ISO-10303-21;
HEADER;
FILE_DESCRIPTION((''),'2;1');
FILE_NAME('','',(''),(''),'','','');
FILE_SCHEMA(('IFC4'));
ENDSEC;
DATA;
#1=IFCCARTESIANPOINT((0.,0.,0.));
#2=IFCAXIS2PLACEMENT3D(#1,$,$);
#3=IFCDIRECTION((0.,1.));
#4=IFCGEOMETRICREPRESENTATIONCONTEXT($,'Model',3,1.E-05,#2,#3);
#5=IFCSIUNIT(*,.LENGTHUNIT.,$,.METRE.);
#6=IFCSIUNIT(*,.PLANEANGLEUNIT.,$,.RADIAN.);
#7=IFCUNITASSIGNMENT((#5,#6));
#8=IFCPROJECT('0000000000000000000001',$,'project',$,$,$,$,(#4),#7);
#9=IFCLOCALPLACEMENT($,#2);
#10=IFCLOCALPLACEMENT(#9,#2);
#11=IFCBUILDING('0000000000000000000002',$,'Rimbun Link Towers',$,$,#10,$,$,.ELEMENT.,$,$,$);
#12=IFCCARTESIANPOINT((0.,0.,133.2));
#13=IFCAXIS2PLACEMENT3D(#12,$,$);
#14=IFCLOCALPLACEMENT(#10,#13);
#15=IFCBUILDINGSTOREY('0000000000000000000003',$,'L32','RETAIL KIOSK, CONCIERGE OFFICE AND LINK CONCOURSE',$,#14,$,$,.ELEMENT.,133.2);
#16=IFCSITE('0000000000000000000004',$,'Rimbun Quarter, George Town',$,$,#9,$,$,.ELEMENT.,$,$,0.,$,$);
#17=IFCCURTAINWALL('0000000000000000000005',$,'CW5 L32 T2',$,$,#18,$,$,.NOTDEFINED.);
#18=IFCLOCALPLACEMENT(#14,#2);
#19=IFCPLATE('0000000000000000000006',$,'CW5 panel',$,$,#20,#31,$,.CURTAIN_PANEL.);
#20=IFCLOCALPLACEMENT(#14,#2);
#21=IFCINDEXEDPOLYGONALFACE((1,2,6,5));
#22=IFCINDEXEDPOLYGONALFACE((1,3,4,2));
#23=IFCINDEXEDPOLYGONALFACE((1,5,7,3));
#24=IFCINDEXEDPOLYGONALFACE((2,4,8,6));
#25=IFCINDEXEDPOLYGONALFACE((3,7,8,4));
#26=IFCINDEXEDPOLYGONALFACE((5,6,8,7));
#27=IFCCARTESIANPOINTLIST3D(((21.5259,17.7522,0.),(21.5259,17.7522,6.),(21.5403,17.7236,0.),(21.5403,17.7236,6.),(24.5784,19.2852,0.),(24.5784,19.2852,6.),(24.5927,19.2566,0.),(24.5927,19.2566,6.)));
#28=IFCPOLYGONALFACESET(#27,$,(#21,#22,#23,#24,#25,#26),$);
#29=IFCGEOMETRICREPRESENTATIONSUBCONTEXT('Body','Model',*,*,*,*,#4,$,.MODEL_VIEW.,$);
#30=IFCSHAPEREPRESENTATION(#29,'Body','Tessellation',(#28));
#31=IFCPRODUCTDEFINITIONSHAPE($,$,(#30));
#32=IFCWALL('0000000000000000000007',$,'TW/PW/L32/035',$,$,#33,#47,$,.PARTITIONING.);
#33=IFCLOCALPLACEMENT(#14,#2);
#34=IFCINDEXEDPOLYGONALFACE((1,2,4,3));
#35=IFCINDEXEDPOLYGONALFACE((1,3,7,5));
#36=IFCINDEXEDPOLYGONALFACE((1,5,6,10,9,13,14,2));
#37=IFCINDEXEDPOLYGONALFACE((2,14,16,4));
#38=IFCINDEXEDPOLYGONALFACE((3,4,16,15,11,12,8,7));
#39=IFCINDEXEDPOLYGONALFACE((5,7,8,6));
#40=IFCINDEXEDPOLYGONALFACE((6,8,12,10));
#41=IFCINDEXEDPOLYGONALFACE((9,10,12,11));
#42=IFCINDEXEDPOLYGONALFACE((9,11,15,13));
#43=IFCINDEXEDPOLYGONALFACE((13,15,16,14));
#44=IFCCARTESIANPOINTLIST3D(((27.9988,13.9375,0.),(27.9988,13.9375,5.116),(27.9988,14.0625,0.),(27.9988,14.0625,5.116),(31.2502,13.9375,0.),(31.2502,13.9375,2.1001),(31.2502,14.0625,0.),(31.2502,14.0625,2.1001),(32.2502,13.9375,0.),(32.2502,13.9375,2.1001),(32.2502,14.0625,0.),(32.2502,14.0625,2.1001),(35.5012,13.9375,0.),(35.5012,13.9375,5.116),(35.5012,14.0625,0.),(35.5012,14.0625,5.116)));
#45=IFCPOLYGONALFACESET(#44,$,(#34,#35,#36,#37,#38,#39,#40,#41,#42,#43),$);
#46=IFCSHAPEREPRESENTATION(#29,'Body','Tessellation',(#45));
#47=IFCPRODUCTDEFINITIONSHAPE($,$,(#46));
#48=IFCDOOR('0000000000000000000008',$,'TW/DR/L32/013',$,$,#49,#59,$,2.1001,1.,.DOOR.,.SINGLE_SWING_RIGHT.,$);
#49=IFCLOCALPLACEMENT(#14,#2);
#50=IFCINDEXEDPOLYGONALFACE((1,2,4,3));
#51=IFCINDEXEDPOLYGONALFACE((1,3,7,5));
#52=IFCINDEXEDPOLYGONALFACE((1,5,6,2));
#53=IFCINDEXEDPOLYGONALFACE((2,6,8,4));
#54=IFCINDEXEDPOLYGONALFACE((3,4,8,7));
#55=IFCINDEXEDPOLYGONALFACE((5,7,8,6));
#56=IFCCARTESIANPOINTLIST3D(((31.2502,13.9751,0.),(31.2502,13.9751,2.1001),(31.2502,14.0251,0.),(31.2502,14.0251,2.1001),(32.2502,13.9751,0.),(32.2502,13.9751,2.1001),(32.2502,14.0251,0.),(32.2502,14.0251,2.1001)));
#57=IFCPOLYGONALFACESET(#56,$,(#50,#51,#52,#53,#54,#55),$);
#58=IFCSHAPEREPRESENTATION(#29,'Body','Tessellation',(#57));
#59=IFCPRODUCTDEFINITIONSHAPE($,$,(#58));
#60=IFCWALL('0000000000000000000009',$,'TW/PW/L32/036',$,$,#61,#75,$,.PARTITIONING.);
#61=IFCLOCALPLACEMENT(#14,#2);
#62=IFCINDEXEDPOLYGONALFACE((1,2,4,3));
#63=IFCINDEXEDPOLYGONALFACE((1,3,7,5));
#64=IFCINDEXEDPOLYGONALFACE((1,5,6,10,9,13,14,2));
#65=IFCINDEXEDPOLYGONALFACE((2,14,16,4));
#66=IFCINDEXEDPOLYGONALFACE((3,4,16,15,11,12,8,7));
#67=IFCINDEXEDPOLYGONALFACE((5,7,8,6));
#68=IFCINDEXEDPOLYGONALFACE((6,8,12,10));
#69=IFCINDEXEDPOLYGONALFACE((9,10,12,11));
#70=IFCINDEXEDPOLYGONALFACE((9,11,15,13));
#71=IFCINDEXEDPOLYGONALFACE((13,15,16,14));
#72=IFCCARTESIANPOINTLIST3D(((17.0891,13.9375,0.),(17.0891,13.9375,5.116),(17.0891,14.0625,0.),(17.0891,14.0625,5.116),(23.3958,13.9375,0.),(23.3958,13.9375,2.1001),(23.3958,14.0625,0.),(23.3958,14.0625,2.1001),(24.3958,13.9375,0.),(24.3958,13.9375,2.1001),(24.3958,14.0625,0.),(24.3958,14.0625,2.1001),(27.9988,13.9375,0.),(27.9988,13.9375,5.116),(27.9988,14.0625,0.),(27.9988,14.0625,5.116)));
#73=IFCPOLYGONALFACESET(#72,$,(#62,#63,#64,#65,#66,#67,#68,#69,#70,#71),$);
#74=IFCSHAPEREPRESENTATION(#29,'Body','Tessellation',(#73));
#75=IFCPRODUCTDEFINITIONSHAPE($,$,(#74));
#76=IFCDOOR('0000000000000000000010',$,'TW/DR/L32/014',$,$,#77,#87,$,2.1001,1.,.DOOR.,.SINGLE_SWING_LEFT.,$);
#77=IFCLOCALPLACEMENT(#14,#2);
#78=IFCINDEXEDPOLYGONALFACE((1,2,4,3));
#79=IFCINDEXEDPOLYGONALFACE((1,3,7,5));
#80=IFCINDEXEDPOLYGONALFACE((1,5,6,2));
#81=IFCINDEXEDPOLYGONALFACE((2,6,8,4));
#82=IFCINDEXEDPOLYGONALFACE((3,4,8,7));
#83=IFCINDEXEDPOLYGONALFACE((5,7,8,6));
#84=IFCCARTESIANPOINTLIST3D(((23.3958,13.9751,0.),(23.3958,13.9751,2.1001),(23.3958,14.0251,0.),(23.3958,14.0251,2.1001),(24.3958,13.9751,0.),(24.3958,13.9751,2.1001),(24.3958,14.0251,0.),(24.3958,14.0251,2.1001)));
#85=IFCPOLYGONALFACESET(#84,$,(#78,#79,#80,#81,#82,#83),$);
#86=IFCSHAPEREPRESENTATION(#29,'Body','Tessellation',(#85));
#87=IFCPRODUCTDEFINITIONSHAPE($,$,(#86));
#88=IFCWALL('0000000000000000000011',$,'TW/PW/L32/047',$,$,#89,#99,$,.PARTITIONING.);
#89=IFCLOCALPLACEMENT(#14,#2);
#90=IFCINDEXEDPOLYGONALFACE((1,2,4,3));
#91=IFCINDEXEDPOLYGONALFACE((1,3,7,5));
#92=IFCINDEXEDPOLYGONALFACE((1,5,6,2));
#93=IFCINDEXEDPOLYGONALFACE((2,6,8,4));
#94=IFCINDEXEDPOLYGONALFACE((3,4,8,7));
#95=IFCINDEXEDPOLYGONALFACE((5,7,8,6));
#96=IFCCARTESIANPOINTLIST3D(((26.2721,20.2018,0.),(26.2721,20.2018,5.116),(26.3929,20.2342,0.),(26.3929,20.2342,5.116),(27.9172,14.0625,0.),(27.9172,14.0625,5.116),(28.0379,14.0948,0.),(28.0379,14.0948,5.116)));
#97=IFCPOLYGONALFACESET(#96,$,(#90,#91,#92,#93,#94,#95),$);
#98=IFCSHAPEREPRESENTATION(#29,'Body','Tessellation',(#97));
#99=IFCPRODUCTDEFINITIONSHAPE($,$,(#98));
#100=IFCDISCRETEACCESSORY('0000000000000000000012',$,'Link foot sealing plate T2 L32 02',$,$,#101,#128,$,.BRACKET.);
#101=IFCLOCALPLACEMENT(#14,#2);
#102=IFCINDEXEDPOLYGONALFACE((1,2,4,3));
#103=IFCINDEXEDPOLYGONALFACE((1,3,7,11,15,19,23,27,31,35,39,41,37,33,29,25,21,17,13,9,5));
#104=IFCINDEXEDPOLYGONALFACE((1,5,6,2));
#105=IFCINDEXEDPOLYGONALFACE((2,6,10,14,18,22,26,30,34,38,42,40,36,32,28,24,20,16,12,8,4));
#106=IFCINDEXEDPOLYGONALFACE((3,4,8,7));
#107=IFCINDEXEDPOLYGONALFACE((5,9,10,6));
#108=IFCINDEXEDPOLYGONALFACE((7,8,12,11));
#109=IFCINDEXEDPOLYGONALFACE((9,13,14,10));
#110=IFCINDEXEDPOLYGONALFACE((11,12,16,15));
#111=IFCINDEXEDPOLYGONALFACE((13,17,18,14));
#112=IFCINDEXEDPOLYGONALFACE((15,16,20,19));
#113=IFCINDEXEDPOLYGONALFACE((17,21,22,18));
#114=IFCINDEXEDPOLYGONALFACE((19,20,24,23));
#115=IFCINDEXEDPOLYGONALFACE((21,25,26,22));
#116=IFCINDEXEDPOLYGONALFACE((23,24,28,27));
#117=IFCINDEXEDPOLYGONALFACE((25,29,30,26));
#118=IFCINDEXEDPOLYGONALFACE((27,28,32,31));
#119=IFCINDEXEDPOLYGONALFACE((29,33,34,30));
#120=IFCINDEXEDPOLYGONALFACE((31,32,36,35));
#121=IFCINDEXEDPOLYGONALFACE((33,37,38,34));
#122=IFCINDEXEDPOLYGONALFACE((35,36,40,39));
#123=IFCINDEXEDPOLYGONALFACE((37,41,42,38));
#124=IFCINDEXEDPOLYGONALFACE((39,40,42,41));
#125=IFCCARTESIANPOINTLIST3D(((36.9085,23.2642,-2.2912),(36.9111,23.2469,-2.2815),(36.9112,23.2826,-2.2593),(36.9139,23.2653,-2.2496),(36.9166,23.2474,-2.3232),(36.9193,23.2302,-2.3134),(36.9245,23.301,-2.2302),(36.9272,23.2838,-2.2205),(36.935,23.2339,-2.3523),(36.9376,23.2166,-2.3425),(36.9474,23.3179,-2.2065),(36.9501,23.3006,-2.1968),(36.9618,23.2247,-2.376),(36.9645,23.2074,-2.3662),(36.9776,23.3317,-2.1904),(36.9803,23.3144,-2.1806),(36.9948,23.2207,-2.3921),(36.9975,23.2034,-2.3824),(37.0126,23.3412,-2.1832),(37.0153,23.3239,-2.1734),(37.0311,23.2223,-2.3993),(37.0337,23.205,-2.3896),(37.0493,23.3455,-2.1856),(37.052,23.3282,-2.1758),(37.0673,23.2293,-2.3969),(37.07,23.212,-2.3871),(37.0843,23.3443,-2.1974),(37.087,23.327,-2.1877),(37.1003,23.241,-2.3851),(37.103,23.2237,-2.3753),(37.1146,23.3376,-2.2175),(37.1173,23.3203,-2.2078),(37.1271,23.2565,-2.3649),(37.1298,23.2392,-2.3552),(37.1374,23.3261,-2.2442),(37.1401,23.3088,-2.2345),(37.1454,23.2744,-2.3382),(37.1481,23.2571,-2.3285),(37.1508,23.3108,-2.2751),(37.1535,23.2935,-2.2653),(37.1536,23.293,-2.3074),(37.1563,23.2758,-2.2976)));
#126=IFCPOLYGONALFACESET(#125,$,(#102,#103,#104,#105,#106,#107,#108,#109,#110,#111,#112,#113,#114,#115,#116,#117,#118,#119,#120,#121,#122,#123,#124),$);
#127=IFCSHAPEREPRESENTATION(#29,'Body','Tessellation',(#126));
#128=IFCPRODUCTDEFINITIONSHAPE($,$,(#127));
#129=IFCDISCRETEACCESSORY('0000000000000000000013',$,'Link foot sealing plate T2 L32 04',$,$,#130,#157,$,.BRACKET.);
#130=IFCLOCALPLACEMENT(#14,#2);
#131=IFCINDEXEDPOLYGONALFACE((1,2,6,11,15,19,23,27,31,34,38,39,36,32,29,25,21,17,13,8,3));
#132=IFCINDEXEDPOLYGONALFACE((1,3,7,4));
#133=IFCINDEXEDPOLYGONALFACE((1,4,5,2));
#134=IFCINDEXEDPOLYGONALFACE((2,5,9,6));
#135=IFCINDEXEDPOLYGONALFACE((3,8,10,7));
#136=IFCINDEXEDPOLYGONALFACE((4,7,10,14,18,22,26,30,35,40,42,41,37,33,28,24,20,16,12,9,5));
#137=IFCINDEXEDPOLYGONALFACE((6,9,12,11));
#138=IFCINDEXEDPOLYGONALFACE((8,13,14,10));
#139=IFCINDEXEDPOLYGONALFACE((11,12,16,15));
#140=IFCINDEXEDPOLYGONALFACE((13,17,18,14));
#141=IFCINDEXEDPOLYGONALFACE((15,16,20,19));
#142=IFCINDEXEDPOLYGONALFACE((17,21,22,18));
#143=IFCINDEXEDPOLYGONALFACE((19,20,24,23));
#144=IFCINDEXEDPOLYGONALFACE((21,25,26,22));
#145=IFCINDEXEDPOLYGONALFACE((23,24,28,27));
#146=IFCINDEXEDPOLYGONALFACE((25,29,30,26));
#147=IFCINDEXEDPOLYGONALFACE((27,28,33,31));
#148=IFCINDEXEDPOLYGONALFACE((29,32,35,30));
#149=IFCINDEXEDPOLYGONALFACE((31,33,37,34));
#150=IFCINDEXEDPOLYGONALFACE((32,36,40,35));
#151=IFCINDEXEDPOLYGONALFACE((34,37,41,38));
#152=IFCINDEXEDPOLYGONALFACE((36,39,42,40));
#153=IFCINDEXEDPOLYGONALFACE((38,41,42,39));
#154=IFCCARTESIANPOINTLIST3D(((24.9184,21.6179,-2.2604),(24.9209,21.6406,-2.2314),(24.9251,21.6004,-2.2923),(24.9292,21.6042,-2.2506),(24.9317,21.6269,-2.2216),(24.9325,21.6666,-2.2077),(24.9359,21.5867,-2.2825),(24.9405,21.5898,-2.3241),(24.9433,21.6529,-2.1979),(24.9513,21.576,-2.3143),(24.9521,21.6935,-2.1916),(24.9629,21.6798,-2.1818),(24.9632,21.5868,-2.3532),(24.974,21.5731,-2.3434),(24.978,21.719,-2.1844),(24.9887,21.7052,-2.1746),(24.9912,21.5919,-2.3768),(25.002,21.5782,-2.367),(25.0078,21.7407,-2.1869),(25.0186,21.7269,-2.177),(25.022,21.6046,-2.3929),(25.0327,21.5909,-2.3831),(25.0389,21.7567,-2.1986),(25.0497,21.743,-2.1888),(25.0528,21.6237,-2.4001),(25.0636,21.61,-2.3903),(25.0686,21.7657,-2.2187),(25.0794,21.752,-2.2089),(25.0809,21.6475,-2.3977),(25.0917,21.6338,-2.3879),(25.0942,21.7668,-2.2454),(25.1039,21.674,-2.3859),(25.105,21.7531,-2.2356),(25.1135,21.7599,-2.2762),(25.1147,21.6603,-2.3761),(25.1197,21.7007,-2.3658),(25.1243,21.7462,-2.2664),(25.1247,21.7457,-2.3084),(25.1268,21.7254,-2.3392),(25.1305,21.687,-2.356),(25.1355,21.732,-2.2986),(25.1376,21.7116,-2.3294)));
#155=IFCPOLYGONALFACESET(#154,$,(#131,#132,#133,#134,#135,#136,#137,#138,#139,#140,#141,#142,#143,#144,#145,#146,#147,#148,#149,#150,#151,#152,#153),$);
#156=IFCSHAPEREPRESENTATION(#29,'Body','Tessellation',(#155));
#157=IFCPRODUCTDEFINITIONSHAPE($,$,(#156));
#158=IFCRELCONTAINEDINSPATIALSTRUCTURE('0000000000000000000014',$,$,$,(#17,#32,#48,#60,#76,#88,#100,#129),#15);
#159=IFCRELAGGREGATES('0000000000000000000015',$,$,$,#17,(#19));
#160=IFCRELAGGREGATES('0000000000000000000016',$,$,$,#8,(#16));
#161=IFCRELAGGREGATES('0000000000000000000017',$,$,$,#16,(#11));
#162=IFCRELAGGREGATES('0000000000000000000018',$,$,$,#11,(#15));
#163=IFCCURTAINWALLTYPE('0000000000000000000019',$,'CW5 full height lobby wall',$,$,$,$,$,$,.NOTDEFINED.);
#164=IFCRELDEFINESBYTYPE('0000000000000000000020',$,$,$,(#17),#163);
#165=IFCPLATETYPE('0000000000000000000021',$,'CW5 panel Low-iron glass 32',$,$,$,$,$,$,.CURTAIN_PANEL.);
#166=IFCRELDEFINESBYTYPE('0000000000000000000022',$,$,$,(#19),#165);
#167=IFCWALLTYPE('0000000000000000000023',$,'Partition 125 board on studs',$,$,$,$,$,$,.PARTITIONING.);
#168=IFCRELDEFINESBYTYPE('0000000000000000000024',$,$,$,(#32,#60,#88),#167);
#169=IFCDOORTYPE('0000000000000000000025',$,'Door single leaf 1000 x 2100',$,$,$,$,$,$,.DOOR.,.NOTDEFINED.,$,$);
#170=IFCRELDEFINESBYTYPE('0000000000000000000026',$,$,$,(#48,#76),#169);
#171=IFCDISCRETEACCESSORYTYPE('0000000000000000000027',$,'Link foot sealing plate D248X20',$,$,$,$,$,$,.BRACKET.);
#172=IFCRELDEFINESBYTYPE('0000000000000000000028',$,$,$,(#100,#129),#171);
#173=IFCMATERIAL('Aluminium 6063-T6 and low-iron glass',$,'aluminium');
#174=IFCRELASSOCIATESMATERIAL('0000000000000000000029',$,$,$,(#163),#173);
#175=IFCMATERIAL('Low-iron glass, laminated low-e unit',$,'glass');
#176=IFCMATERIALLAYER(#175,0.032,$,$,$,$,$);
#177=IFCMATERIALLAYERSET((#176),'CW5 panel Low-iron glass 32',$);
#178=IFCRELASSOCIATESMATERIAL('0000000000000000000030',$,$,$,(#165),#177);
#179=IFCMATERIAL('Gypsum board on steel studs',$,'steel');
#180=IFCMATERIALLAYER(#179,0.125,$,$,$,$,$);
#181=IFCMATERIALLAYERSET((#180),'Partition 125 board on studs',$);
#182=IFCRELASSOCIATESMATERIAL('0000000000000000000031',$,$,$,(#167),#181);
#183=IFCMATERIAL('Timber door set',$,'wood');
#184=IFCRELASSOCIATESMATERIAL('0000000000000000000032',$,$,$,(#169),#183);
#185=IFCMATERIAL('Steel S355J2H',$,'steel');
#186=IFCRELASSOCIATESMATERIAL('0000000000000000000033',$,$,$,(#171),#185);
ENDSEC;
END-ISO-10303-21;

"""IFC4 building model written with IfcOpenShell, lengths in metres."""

from ifc_helpers import new_model, si_unit, direction, frame, frame_2d, origin, origin_2d, place, context, subcontext, project, spatial, rectangle, circle, extrude, material, layer, layer_set, material_profile, profile_set, type_object, element, fill, aggregate, save


model = new_model("IFC4")

# Units and contexts
model_context = context("Model", 3, precision=1e-05, world=origin(), true_north=direction((0.0, 1.0)))
body_context = subcontext(model_context, "Body", "Model", "MODEL_VIEW")
ifc_project = project(units=[si_unit("LENGTHUNIT", "METRE"), si_unit("PLANEANGLEUNIT", "RADIAN")], contexts=[model_context])

# Site, building, storey
site_placement = place(None, origin())
site = spatial("IfcSite", under=ifc_project, at=site_placement, Name="Rimbun Quarter, George Town", CompositionType="ELEMENT", RefElevation=0.0)
building_placement = place(site_placement, origin())
building = spatial("IfcBuilding", under=site, at=building_placement, Name="Rimbun Link Towers", CompositionType="ELEMENT")
storey_placement = place(building_placement, frame((0.0, 0.0, 133.2)))
storey = spatial("IfcBuildingStorey", under=building, at=storey_placement, Name="L32", Description="RETAIL KIOSK, CONCIERGE OFFICE AND LINK CONCOURSE", CompositionType="ELEMENT", Elevation=133.2)

# Curtain wall
ifc_material_1 = material(Name="Aluminium 6063-T6 and low-iron glass", Category="aluminium")
curtain_wall_type = type_object("IfcCurtainWallType", Name="CW5 full height lobby wall", PredefinedType="NOTDEFINED", material=ifc_material_1)
curtain_wall_placement = place(storey_placement, origin())
curtain_wall = element("IfcCurtainWall", 1, at=curtain_wall_placement, inside=storey, type_object=curtain_wall_type, Name="CW5 L32 T2", PredefinedType="NOTDEFINED")

# Plate
ifc_material_2 = material(Name="Low-iron glass, laminated low-e unit", Category="glass")
ifc_layer_1 = layer(ifc_material_2, 0.032)
ifc_layer_set_1 = layer_set([ifc_layer_1], Name="CW5 panel Low-iron glass 32")
plate_type = type_object("IfcPlateType", Name="CW5 panel Low-iron glass 32", PredefinedType="CURTAIN_PANEL", material=ifc_layer_set_1)
plate_1_placement = place(storey_placement, frame((23.0593, 18.5044, 0.0), z_axis=(0.0, 0.0, 1.0), x_axis=(0.893641, 0.448782, 0.0)))
plate_1 = element("IfcPlate", 2, at=plate_1_placement, type_object=plate_type, Name="CW5 panel", PredefinedType="CURTAIN_PANEL", context=body_context, shape_type="SweptSolid", body=[
    extrude(rectangle(XDim=3.4158, YDim=0.032, at=origin_2d()), origin(), (0.0, 0.0, 1.0), 6.0),
])
aggregate(curtain_wall, [plate_1])

# Walls, openings, doors
ifc_material_3 = material(Name="Gypsum board on steel studs", Category="steel")
ifc_layer_2 = layer(ifc_material_3, 0.125)
ifc_layer_set_2 = layer_set([ifc_layer_2], Name="Partition 125 board on studs")
wall_type = type_object("IfcWallType", Name="Partition 125 board on studs", PredefinedType="PARTITIONING", material=ifc_layer_set_2)
wall_1_placement = place(storey_placement, frame((35.5012, 14.0, 0.0), z_axis=(0.0, 0.0, 1.0), x_axis=(-1.0, 0.0, 0.0)))
wall_1 = element("IfcWall", 3, at=wall_1_placement, inside=storey, type_object=wall_type, Name="TW/PW/L32/035", PredefinedType="PARTITIONING", context=body_context, shape_type="SweptSolid", body=[
    extrude(rectangle(XDim=7.5024, YDim=0.125, at=frame_2d((3.7512, 0.0))), origin(), (0.0, 0.0, 1.0), 5.116),
])
opening_1_placement = place(wall_1_placement, frame((3.251, 0.0, 0.0)))
opening_1 = element("IfcOpeningElement", 4, at=opening_1_placement, cuts=wall_1, PredefinedType="OPENING", context=body_context, shape_type="SweptSolid", body=[
    extrude(rectangle(XDim=1.0, YDim=2.1001, at=frame_2d((0.5, 1.05))), frame((0.0, 0.0725, 0.0), z_axis=(0.0, -1.0, 0.0), x_axis=(1.0, 0.0, 0.0)), (0.0, 0.0, 1.0), 0.145),
])
ifc_material_4 = material(Name="Timber door set", Category="wood")
door_type = type_object("IfcDoorType", Name="Door single leaf 1000 x 2100", OperationType="NOTDEFINED", PredefinedType="DOOR", material=ifc_material_4)
door_1_placement = place(opening_1_placement, origin())
door_1 = element("IfcDoor", 5, at=door_1_placement, inside=storey, type_object=door_type, Name="TW/DR/L32/013", OperationType="SINGLE_SWING_RIGHT", OverallHeight=2.1001, OverallWidth=1.0, PredefinedType="DOOR", context=body_context, shape_type="SweptSolid", body=[
    extrude(rectangle(XDim=1.0, YDim=2.1001, at=frame_2d((0.5, 1.05))), frame((0.0, 0.0249, 0.0), z_axis=(0.0, -1.0, 0.0), x_axis=(1.0, 0.0, 0.0)), (0.0, 0.0, 1.0), 0.05),
])
fill(opening_1, door_1)
wall_2_placement = place(storey_placement, frame((27.9988, 14.0, 0.0), z_axis=(0.0, 0.0, 1.0), x_axis=(-1.0, 0.0, 0.0)))
wall_2 = element("IfcWall", 6, at=wall_2_placement, inside=storey, type_object=wall_type, Name="TW/PW/L32/036", PredefinedType="PARTITIONING", context=body_context, shape_type="SweptSolid", body=[
    extrude(rectangle(XDim=10.9097, YDim=0.125, at=frame_2d((5.4548, 0.0))), origin(), (0.0, 0.0, 1.0), 5.116),
])
opening_2_placement = place(wall_2_placement, frame((3.603, 0.0, 0.0)))
opening_2 = element("IfcOpeningElement", 7, at=opening_2_placement, cuts=wall_2, PredefinedType="OPENING", context=body_context, shape_type="SweptSolid", body=[
    extrude(rectangle(XDim=1.0, YDim=2.1001, at=frame_2d((0.5, 1.05))), frame((0.0, 0.0725, 0.0), z_axis=(0.0, -1.0, 0.0), x_axis=(1.0, 0.0, 0.0)), (0.0, 0.0, 1.0), 0.145),
])
door_2_placement = place(opening_2_placement, origin())
door_2 = element("IfcDoor", 8, at=door_2_placement, inside=storey, type_object=door_type, Name="TW/DR/L32/014", OperationType="SINGLE_SWING_LEFT", OverallHeight=2.1001, OverallWidth=1.0, PredefinedType="DOOR", context=body_context, shape_type="SweptSolid", body=[
    extrude(rectangle(XDim=1.0, YDim=2.1001, at=frame_2d((0.5, 1.05))), frame((0.0, 0.0249, 0.0), z_axis=(0.0, -1.0, 0.0), x_axis=(1.0, 0.0, 0.0)), (0.0, 0.0, 1.0), 0.05),
])
fill(opening_2, door_2)

# Wall
wall_3_placement = place(storey_placement, frame((26.3325, 20.218, 0.0), z_axis=(0.0, 0.0, 1.0), x_axis=(0.258815, -0.965927, 0.0)))
element("IfcWall", 9, at=wall_3_placement, inside=storey, type_object=wall_type, Name="TW/PW/L32/047", PredefinedType="PARTITIONING", context=body_context, shape_type="SweptSolid", body=[
    extrude(rectangle(XDim=6.356, YDim=0.125, at=frame_2d((3.178, 0.0))), origin(), (0.0, 0.0, 1.0), 5.116),
])

# Discrete accessories
ifc_material_5 = material(Name="Steel S355J2H", Category="steel")
ifc_material_profile_1 = material_profile(ifc_material_5, circle(Radius=0.124, at=origin_2d()), Name="PL D248")
ifc_profile_set_1 = profile_set([ifc_material_profile_1], Name="Steel S355J2H")
discrete_accessory_type = type_object("IfcDiscreteAccessoryType", Name="Link foot sealing plate D248X20", PredefinedType="BRACKET", material=ifc_profile_set_1)
for number, where, z_axis, x_axis, name in (
    (10, (37.0337, 23.2659, -2.2815), (-0.133769, 0.863417, -0.486432), (-0.98821, -0.153103, 0.0), "Link foot sealing plate T2 L32 02"),
    (11, (25.0334, 21.6633, -2.2825), (-0.538672, 0.685583, -0.489702), (-0.786318, -0.617822, 0.0), "Link foot sealing plate T2 L32 04"),
):
    element("IfcDiscreteAccessory", number, at=place(storey_placement, frame(where, z_axis=z_axis, x_axis=x_axis)), inside=storey, type_object=discrete_accessory_type, Name=name, PredefinedType="BRACKET", context=body_context, shape_type="SweptSolid", body=[
        extrude(circle(Radius=0.124, at=origin_2d()), origin(), (0.0, 0.0, 1.0), 0.02),
    ])

save(model, "model.ifc")
